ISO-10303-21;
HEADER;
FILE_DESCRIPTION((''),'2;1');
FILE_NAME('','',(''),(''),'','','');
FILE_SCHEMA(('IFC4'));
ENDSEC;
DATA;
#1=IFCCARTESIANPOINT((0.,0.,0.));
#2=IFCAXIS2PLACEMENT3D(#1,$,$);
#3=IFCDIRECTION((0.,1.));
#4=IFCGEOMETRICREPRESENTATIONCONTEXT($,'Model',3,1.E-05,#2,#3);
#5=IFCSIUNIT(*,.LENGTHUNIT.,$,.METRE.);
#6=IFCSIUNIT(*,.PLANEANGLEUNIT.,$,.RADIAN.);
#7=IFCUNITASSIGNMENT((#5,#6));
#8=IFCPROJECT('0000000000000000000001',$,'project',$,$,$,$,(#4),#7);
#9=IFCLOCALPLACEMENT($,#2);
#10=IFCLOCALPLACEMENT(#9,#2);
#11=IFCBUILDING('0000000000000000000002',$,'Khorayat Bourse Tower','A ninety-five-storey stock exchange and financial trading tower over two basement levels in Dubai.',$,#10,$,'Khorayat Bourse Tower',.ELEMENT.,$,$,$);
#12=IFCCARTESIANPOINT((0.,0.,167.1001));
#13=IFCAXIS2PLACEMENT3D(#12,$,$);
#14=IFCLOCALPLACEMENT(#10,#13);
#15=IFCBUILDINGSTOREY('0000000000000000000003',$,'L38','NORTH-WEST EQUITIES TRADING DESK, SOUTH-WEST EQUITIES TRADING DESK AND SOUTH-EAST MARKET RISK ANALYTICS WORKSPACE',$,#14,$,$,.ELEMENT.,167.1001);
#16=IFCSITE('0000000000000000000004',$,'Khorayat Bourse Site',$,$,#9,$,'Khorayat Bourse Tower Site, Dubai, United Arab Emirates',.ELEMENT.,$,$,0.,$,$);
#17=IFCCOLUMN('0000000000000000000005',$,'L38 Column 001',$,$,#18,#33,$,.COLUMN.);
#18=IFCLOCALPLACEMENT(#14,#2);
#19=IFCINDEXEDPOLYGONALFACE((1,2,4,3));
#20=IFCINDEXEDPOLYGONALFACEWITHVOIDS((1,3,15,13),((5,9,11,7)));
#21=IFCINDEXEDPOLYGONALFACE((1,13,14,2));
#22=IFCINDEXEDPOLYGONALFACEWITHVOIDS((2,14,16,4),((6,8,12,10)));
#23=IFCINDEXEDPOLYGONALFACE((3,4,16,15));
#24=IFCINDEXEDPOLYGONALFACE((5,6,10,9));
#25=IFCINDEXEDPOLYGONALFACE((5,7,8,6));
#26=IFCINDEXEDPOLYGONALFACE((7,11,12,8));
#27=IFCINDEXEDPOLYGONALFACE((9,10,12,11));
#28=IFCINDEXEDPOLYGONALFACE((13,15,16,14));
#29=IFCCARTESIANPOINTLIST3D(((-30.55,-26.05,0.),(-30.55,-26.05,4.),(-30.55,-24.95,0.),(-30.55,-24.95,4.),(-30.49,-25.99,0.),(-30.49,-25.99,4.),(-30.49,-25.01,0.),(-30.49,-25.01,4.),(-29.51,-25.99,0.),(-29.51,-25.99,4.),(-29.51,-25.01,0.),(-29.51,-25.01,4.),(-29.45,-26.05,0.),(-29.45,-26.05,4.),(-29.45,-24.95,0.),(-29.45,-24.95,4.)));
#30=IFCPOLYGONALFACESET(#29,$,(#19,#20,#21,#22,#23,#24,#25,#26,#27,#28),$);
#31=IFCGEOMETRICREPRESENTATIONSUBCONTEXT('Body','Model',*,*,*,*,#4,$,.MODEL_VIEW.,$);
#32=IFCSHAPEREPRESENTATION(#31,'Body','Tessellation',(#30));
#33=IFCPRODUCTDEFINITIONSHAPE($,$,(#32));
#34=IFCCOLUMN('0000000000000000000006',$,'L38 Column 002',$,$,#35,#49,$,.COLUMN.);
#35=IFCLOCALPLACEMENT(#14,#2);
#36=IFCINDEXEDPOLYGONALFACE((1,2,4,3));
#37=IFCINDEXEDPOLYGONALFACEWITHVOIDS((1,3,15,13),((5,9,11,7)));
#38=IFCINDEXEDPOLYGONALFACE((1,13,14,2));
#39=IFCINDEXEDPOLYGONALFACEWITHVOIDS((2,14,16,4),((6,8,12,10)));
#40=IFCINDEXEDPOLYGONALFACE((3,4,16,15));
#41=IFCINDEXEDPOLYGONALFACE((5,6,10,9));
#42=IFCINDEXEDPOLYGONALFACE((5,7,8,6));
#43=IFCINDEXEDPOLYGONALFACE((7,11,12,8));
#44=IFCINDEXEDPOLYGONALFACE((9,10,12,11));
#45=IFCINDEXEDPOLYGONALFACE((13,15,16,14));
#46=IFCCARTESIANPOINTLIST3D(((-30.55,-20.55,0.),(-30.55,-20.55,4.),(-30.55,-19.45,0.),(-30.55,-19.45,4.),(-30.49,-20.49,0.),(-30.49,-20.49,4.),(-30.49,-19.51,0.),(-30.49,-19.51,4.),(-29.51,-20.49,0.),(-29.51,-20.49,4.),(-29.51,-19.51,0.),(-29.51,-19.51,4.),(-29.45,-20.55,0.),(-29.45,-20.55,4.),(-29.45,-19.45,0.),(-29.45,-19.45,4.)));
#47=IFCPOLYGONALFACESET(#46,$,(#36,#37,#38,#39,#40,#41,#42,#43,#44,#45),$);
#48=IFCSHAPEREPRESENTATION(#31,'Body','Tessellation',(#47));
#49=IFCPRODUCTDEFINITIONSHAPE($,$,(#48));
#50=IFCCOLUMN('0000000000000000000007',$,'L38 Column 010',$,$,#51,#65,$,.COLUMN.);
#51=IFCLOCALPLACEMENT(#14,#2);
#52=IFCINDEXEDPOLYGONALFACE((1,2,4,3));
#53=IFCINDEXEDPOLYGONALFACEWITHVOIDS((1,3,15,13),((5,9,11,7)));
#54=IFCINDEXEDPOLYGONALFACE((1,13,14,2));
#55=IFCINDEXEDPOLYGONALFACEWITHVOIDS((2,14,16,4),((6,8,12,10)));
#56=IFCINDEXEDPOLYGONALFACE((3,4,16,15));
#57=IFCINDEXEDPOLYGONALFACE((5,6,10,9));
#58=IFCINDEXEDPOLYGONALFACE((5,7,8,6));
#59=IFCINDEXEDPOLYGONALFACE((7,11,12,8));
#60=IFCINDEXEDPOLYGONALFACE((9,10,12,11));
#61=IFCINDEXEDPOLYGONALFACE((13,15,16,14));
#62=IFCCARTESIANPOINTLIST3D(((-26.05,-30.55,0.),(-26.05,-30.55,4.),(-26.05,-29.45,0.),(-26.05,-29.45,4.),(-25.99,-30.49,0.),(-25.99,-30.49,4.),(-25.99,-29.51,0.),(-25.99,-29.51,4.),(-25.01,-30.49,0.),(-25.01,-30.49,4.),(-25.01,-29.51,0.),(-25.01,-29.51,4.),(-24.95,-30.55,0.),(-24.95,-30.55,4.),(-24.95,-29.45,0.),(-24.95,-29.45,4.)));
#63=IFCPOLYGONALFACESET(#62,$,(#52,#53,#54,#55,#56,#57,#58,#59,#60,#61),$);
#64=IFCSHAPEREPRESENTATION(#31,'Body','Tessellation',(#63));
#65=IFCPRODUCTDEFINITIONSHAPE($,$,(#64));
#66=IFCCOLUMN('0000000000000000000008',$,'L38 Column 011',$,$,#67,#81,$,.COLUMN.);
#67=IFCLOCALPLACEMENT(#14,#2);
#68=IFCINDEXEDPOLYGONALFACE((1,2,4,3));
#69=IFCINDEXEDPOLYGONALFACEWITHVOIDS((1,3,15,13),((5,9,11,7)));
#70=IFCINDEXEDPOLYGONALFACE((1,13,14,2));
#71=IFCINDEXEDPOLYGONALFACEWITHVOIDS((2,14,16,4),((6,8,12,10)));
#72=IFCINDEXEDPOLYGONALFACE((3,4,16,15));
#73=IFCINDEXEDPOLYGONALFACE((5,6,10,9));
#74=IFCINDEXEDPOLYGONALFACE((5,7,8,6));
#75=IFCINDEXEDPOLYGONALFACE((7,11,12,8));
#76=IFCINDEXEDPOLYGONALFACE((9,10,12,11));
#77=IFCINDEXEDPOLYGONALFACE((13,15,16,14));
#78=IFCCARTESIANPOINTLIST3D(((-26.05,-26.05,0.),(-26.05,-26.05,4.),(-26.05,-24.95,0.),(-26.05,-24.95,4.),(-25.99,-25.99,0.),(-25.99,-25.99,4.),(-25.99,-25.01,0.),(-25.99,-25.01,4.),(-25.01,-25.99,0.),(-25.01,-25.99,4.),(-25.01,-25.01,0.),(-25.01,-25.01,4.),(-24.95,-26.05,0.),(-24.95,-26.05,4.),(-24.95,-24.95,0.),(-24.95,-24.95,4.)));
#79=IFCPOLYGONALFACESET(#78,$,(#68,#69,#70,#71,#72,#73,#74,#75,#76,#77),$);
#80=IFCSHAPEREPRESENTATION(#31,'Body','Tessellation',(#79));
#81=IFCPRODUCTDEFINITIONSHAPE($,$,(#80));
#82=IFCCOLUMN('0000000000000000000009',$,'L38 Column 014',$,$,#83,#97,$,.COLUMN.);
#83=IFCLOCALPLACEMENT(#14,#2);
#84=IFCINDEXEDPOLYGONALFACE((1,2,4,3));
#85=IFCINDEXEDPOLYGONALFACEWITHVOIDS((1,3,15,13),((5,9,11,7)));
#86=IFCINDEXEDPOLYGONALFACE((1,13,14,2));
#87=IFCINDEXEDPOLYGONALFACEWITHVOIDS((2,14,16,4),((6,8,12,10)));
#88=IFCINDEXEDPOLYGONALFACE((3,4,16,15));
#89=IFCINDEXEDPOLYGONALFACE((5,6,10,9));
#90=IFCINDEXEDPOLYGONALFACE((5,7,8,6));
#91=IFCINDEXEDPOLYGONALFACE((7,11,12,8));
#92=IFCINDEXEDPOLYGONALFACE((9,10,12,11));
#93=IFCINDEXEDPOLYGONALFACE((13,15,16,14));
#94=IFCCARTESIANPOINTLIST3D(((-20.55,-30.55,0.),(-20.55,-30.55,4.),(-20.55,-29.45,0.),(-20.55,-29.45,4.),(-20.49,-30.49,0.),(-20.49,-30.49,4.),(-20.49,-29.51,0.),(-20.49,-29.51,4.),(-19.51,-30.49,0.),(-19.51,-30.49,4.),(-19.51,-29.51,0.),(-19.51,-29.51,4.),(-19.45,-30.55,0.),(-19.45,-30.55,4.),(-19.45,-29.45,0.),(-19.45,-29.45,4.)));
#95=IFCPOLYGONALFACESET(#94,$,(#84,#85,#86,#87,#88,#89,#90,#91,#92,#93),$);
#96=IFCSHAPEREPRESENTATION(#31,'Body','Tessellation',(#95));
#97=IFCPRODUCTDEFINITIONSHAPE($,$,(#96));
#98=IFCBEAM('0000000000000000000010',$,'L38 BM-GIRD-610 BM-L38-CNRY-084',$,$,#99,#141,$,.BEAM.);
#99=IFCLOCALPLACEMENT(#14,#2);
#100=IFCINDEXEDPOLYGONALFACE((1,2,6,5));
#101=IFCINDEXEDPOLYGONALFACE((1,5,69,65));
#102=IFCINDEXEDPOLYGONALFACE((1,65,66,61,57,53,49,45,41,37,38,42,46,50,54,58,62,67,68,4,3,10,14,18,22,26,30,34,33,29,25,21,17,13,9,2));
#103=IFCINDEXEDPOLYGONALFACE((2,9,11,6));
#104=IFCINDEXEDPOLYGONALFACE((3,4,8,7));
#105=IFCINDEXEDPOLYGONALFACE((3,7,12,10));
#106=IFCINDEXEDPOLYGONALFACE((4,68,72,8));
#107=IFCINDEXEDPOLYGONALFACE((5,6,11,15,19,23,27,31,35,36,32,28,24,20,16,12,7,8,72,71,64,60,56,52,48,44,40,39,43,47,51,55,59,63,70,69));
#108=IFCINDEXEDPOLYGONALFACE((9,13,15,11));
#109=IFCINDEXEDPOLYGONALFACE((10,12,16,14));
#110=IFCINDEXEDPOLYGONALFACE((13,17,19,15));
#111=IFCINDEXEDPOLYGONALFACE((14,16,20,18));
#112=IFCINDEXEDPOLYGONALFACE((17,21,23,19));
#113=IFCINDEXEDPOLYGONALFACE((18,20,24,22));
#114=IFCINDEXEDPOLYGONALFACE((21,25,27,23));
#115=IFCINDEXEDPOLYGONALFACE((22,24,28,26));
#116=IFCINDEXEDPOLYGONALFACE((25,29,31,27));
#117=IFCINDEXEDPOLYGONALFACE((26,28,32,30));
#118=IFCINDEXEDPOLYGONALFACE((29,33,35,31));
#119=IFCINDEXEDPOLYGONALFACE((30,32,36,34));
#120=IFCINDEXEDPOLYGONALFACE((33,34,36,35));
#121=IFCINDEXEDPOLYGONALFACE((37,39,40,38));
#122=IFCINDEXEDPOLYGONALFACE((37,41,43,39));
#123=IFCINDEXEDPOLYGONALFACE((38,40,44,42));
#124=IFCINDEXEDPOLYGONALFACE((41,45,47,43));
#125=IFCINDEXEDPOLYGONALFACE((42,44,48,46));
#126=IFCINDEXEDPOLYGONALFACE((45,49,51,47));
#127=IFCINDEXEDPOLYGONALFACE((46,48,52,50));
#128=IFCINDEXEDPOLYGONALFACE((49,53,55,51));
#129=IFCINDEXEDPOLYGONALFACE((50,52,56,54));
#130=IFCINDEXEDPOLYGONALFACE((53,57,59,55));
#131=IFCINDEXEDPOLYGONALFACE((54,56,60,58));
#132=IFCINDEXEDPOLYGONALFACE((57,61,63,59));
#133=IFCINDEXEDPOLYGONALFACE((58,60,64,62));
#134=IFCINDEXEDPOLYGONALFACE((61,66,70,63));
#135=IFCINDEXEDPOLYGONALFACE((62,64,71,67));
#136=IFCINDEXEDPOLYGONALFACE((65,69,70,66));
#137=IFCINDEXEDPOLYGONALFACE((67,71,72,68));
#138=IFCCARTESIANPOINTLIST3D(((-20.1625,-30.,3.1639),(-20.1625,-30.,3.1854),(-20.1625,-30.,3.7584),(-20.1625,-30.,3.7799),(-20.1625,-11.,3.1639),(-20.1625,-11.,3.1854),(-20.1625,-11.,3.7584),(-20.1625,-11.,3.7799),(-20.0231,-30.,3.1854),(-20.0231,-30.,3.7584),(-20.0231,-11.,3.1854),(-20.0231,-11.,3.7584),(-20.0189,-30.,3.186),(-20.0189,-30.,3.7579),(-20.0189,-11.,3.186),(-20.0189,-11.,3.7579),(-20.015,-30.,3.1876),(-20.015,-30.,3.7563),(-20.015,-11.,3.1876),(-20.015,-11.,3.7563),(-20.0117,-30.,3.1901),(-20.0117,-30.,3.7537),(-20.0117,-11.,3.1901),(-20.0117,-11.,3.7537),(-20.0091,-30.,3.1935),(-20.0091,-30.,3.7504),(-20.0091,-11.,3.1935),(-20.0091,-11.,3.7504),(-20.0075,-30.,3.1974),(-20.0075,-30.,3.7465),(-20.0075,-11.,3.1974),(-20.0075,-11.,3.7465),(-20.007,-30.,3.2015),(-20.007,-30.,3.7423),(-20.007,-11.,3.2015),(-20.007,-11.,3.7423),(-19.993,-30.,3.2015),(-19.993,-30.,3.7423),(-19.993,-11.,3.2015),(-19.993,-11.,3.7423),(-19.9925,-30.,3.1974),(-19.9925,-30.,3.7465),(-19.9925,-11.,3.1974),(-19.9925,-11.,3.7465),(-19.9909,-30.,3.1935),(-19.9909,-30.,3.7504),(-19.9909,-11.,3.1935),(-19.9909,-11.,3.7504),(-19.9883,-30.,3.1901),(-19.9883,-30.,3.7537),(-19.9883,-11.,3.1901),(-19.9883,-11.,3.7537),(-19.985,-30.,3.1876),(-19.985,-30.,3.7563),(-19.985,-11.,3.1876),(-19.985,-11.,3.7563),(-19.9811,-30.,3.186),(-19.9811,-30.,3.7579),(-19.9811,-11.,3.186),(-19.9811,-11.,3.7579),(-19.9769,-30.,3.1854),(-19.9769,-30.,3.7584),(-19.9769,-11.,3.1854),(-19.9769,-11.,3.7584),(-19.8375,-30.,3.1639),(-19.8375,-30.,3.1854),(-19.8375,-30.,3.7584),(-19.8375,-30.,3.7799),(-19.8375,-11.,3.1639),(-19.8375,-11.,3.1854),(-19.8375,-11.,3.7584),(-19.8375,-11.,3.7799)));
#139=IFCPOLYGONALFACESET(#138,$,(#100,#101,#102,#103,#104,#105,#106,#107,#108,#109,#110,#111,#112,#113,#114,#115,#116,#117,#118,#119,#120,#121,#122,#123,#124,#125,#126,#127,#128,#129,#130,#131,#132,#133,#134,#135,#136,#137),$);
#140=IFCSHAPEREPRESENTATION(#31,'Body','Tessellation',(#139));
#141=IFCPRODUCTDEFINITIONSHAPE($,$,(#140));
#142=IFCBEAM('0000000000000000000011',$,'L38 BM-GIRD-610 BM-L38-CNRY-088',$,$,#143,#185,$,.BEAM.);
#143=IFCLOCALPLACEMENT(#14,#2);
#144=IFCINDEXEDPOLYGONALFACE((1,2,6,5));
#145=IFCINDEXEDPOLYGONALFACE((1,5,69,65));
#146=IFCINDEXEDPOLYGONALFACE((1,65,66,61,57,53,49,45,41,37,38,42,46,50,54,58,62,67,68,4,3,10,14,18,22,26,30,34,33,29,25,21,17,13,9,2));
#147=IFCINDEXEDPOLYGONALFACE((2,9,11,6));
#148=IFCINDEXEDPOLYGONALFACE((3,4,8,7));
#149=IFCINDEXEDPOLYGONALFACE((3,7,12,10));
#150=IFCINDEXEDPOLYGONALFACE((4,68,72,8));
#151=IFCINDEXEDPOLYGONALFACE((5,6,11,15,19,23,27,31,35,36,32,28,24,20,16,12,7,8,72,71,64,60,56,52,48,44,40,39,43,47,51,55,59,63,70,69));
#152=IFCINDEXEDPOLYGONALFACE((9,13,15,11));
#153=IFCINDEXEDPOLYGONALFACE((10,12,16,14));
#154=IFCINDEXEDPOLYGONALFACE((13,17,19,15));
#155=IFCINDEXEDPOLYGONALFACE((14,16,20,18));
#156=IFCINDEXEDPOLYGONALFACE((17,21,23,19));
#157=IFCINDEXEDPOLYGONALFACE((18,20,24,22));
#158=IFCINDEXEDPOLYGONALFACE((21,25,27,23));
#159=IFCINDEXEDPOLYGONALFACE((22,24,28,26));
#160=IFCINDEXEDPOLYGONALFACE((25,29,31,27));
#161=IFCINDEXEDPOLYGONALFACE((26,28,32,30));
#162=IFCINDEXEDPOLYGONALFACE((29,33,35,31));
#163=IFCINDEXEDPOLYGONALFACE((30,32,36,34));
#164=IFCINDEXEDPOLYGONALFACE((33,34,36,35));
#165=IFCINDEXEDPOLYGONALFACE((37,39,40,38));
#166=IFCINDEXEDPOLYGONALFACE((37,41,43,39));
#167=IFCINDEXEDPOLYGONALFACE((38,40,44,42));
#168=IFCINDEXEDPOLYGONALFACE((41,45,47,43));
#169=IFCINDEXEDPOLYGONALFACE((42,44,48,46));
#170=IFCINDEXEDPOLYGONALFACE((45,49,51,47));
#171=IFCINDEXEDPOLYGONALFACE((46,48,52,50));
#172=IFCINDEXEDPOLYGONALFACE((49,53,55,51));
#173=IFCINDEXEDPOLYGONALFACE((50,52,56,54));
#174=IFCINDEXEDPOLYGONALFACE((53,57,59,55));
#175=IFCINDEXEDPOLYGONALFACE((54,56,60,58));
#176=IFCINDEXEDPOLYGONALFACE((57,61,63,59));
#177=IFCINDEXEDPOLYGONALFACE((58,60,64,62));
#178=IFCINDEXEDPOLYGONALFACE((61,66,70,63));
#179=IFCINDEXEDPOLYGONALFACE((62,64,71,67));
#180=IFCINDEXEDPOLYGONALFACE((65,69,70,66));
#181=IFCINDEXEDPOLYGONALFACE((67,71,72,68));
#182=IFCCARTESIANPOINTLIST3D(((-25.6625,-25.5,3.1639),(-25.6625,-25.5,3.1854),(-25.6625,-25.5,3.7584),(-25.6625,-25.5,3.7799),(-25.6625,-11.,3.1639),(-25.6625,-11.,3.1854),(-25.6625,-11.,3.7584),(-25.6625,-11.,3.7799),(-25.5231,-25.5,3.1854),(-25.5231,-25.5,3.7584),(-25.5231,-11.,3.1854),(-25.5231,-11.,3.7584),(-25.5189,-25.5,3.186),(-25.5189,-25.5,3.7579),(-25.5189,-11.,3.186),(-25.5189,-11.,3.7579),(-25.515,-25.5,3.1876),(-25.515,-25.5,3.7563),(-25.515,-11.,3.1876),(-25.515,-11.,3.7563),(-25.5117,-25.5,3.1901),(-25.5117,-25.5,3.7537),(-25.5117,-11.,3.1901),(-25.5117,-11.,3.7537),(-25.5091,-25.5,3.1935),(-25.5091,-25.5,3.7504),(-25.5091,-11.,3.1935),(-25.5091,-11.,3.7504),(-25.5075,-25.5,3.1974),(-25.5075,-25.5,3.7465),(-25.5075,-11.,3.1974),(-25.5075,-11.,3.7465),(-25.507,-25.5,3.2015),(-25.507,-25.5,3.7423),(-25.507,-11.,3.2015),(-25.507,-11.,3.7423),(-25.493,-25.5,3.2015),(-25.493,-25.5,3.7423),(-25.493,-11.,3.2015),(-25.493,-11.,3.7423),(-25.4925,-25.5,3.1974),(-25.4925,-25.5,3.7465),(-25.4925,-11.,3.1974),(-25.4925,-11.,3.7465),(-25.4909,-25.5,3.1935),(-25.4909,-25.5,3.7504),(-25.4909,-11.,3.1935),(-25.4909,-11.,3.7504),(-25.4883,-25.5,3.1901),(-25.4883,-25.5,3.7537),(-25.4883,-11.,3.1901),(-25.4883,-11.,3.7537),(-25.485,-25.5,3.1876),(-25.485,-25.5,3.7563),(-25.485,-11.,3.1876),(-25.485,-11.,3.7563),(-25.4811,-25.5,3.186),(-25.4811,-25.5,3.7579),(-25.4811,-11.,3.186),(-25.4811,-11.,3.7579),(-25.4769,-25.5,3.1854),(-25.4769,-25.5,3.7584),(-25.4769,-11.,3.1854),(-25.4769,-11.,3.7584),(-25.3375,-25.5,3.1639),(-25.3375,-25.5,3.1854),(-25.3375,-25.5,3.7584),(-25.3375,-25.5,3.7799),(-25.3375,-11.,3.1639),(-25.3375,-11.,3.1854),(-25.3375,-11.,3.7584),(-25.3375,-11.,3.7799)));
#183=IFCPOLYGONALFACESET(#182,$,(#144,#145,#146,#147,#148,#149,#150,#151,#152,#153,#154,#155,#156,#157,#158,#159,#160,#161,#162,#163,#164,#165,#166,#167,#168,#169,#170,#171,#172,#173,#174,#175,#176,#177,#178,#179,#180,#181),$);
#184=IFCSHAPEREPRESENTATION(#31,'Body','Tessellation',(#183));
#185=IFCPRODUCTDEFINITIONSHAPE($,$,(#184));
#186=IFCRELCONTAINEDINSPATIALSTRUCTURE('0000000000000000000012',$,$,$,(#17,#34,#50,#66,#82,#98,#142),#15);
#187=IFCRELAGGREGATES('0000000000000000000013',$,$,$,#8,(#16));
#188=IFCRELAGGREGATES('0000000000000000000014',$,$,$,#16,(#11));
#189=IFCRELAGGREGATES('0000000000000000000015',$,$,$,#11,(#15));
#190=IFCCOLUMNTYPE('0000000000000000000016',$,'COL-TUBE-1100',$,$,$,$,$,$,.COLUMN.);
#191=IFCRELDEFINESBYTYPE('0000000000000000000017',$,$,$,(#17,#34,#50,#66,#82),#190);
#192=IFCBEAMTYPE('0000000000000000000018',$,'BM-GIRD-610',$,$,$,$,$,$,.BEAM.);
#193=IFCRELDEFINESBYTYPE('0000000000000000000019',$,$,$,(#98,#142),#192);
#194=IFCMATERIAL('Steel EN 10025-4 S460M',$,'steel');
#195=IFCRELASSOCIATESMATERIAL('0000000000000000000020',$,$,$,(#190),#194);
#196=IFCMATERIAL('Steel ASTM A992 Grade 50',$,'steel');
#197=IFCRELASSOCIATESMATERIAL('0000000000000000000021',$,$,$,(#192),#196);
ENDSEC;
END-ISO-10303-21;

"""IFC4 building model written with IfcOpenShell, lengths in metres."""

from ifc_helpers import new_model, si_unit, direction, frame, origin, origin_2d, place, context, subcontext, project, spatial, hollow_rectangle, i_section, extrude, source, transform, mapped, material, material_profile, profile_set, type_object, element, save


model = new_model("IFC4")

# Units and contexts
model_context = context("Model", 3, precision=1e-05, world=origin(), true_north=direction((0.0, 1.0)))
body_context = subcontext(model_context, "Body", "Model", "MODEL_VIEW")
ifc_project = project(units=[si_unit("LENGTHUNIT", "METRE"), si_unit("PLANEANGLEUNIT", "RADIAN")], contexts=[model_context])

# Site, building, storey
site_placement = place(None, origin())
site = spatial("IfcSite", under=ifc_project, at=site_placement, Name="Khorayat Bourse Site", LongName="Khorayat Bourse Tower Site, Dubai, United Arab Emirates", CompositionType="ELEMENT", RefElevation=0.0)
building_placement = place(site_placement, origin())
building = spatial("IfcBuilding", under=site, at=building_placement, Name="Khorayat Bourse Tower", Description="A ninety-five-storey stock exchange and financial trading tower over two basement levels in Dubai.", LongName="Khorayat Bourse Tower", CompositionType="ELEMENT")
storey_placement = place(building_placement, frame((0.0, 0.0, 167.1001)))
storey = spatial("IfcBuildingStorey", under=building, at=storey_placement, Name="L38", Description="NORTH-WEST EQUITIES TRADING DESK, SOUTH-WEST EQUITIES TRADING DESK AND SOUTH-EAST MARKET RISK ANALYTICS WORKSPACE", CompositionType="ELEMENT", Elevation=167.1001)

# Columns
ifc_material_1 = material(Name="Steel EN 10025-4 S460M", Category="steel")
ifc_material_profile_1 = material_profile(ifc_material_1, hollow_rectangle(XDim=1.1001, YDim=1.1001, WallThickness=0.0601, at=origin_2d()), Name="BOX 1100x1100x60")
ifc_profile_set_1 = profile_set([ifc_material_profile_1], Name="Steel EN 10025-4 S460M")
column_type = type_object("IfcColumnType", Name="COL-TUBE-1100", PredefinedType="COLUMN", material=ifc_profile_set_1)
shared_shape_1 = source(origin(), body_context, "Body", "SweptSolid", [
    extrude(hollow_rectangle(XDim=1.1001, YDim=1.1001, WallThickness=0.0601, at=origin_2d()), origin(), (0.0, 0.0, 1.0), 4.0),
])
for number, where, z_axis, x_axis, name in (
    (1, (-30.0, -25.5, 0.0), (0.0, 0.0, 1.0), (1.0, 0.0, 0.0), "L38 Column 001"),
    (2, (-30.0, -20.0, 0.0), (0.0, 0.0, 1.0), (1.0, 0.0, 0.0), "L38 Column 002"),
    (3, (-25.5, -30.0, 0.0), (0.0, 0.0, 1.0), (1.0, 0.0, 0.0), "L38 Column 010"),
    (4, (-25.5, -25.5, 0.0), (0.0, 0.0, 1.0), (1.0, 0.0, 0.0), "L38 Column 011"),
    (5, (-20.0, -30.0, 0.0), (0.0, 0.0, 1.0), (1.0, 0.0, 0.0), "L38 Column 014"),
):
    element("IfcColumn", number, at=place(storey_placement, frame(where, z_axis=z_axis, x_axis=x_axis)), inside=storey, type_object=column_type, Name=name, PredefinedType="COLUMN", context=body_context, shape_type="MappedRepresentation", body=[
        mapped(shared_shape_1, transform((0.0, 0.0, 0.0), scale=1.0)),
    ])

# Beams
ifc_material_2 = material(Name="Steel ASTM A992 Grade 50", Category="steel")
ifc_material_profile_2 = material_profile(ifc_material_2, i_section(OverallWidth=0.325, OverallDepth=0.616, WebThickness=0.0139, FlangeThickness=0.0215, FilletRadius=0.0161, at=origin_2d()), Name="W610X174")
ifc_profile_set_2 = profile_set([ifc_material_profile_2], Name="Steel ASTM A992 Grade 50")
beam_type_1 = type_object("IfcBeamType", Name="BM-GIRD-610", PredefinedType="BEAM", material=ifc_profile_set_2)
shared_shape_2 = source(origin(), body_context, "Body", "SweptSolid", [
    extrude(i_section(OverallWidth=0.325, OverallDepth=0.616, WebThickness=0.0139, FlangeThickness=0.0215, FilletRadius=0.0161, at=origin_2d()), origin(), (0.0, 0.0, 1.0), 19.0),
])
beam_1_placement = place(storey_placement, frame((-20.0, -30.0, 3.4719), z_axis=(0.0, 1.0, 0.0), x_axis=(-1.0, 0.0, 0.0)))
element("IfcBeam", 6, at=beam_1_placement, inside=storey, type_object=beam_type_1, Name="L38 BM-GIRD-610 BM-L38-CNRY-084", PredefinedType="BEAM", context=body_context, shape_type="MappedRepresentation", body=[
    mapped(shared_shape_2, transform((0.0, 0.0, 0.0), scale=1.0)),
])
shared_shape_3 = source(origin(), body_context, "Body", "SweptSolid", [
    extrude(i_section(OverallWidth=0.325, OverallDepth=0.616, WebThickness=0.0139, FlangeThickness=0.0215, FilletRadius=0.0161, at=origin_2d()), origin(), (0.0, 0.0, 1.0), 14.5),
])
beam_2_placement = place(storey_placement, frame((-25.5, -25.5, 3.4719), z_axis=(0.0, 1.0, 0.0), x_axis=(-1.0, 0.0, 0.0)))
element("IfcBeam", 7, at=beam_2_placement, inside=storey, type_object=beam_type_1, Name="L38 BM-GIRD-610 BM-L38-CNRY-088", PredefinedType="BEAM", context=body_context, shape_type="MappedRepresentation", body=[
    mapped(shared_shape_3, transform((0.0, 0.0, 0.0), scale=1.0)),
])

save(model, "model.ifc")
